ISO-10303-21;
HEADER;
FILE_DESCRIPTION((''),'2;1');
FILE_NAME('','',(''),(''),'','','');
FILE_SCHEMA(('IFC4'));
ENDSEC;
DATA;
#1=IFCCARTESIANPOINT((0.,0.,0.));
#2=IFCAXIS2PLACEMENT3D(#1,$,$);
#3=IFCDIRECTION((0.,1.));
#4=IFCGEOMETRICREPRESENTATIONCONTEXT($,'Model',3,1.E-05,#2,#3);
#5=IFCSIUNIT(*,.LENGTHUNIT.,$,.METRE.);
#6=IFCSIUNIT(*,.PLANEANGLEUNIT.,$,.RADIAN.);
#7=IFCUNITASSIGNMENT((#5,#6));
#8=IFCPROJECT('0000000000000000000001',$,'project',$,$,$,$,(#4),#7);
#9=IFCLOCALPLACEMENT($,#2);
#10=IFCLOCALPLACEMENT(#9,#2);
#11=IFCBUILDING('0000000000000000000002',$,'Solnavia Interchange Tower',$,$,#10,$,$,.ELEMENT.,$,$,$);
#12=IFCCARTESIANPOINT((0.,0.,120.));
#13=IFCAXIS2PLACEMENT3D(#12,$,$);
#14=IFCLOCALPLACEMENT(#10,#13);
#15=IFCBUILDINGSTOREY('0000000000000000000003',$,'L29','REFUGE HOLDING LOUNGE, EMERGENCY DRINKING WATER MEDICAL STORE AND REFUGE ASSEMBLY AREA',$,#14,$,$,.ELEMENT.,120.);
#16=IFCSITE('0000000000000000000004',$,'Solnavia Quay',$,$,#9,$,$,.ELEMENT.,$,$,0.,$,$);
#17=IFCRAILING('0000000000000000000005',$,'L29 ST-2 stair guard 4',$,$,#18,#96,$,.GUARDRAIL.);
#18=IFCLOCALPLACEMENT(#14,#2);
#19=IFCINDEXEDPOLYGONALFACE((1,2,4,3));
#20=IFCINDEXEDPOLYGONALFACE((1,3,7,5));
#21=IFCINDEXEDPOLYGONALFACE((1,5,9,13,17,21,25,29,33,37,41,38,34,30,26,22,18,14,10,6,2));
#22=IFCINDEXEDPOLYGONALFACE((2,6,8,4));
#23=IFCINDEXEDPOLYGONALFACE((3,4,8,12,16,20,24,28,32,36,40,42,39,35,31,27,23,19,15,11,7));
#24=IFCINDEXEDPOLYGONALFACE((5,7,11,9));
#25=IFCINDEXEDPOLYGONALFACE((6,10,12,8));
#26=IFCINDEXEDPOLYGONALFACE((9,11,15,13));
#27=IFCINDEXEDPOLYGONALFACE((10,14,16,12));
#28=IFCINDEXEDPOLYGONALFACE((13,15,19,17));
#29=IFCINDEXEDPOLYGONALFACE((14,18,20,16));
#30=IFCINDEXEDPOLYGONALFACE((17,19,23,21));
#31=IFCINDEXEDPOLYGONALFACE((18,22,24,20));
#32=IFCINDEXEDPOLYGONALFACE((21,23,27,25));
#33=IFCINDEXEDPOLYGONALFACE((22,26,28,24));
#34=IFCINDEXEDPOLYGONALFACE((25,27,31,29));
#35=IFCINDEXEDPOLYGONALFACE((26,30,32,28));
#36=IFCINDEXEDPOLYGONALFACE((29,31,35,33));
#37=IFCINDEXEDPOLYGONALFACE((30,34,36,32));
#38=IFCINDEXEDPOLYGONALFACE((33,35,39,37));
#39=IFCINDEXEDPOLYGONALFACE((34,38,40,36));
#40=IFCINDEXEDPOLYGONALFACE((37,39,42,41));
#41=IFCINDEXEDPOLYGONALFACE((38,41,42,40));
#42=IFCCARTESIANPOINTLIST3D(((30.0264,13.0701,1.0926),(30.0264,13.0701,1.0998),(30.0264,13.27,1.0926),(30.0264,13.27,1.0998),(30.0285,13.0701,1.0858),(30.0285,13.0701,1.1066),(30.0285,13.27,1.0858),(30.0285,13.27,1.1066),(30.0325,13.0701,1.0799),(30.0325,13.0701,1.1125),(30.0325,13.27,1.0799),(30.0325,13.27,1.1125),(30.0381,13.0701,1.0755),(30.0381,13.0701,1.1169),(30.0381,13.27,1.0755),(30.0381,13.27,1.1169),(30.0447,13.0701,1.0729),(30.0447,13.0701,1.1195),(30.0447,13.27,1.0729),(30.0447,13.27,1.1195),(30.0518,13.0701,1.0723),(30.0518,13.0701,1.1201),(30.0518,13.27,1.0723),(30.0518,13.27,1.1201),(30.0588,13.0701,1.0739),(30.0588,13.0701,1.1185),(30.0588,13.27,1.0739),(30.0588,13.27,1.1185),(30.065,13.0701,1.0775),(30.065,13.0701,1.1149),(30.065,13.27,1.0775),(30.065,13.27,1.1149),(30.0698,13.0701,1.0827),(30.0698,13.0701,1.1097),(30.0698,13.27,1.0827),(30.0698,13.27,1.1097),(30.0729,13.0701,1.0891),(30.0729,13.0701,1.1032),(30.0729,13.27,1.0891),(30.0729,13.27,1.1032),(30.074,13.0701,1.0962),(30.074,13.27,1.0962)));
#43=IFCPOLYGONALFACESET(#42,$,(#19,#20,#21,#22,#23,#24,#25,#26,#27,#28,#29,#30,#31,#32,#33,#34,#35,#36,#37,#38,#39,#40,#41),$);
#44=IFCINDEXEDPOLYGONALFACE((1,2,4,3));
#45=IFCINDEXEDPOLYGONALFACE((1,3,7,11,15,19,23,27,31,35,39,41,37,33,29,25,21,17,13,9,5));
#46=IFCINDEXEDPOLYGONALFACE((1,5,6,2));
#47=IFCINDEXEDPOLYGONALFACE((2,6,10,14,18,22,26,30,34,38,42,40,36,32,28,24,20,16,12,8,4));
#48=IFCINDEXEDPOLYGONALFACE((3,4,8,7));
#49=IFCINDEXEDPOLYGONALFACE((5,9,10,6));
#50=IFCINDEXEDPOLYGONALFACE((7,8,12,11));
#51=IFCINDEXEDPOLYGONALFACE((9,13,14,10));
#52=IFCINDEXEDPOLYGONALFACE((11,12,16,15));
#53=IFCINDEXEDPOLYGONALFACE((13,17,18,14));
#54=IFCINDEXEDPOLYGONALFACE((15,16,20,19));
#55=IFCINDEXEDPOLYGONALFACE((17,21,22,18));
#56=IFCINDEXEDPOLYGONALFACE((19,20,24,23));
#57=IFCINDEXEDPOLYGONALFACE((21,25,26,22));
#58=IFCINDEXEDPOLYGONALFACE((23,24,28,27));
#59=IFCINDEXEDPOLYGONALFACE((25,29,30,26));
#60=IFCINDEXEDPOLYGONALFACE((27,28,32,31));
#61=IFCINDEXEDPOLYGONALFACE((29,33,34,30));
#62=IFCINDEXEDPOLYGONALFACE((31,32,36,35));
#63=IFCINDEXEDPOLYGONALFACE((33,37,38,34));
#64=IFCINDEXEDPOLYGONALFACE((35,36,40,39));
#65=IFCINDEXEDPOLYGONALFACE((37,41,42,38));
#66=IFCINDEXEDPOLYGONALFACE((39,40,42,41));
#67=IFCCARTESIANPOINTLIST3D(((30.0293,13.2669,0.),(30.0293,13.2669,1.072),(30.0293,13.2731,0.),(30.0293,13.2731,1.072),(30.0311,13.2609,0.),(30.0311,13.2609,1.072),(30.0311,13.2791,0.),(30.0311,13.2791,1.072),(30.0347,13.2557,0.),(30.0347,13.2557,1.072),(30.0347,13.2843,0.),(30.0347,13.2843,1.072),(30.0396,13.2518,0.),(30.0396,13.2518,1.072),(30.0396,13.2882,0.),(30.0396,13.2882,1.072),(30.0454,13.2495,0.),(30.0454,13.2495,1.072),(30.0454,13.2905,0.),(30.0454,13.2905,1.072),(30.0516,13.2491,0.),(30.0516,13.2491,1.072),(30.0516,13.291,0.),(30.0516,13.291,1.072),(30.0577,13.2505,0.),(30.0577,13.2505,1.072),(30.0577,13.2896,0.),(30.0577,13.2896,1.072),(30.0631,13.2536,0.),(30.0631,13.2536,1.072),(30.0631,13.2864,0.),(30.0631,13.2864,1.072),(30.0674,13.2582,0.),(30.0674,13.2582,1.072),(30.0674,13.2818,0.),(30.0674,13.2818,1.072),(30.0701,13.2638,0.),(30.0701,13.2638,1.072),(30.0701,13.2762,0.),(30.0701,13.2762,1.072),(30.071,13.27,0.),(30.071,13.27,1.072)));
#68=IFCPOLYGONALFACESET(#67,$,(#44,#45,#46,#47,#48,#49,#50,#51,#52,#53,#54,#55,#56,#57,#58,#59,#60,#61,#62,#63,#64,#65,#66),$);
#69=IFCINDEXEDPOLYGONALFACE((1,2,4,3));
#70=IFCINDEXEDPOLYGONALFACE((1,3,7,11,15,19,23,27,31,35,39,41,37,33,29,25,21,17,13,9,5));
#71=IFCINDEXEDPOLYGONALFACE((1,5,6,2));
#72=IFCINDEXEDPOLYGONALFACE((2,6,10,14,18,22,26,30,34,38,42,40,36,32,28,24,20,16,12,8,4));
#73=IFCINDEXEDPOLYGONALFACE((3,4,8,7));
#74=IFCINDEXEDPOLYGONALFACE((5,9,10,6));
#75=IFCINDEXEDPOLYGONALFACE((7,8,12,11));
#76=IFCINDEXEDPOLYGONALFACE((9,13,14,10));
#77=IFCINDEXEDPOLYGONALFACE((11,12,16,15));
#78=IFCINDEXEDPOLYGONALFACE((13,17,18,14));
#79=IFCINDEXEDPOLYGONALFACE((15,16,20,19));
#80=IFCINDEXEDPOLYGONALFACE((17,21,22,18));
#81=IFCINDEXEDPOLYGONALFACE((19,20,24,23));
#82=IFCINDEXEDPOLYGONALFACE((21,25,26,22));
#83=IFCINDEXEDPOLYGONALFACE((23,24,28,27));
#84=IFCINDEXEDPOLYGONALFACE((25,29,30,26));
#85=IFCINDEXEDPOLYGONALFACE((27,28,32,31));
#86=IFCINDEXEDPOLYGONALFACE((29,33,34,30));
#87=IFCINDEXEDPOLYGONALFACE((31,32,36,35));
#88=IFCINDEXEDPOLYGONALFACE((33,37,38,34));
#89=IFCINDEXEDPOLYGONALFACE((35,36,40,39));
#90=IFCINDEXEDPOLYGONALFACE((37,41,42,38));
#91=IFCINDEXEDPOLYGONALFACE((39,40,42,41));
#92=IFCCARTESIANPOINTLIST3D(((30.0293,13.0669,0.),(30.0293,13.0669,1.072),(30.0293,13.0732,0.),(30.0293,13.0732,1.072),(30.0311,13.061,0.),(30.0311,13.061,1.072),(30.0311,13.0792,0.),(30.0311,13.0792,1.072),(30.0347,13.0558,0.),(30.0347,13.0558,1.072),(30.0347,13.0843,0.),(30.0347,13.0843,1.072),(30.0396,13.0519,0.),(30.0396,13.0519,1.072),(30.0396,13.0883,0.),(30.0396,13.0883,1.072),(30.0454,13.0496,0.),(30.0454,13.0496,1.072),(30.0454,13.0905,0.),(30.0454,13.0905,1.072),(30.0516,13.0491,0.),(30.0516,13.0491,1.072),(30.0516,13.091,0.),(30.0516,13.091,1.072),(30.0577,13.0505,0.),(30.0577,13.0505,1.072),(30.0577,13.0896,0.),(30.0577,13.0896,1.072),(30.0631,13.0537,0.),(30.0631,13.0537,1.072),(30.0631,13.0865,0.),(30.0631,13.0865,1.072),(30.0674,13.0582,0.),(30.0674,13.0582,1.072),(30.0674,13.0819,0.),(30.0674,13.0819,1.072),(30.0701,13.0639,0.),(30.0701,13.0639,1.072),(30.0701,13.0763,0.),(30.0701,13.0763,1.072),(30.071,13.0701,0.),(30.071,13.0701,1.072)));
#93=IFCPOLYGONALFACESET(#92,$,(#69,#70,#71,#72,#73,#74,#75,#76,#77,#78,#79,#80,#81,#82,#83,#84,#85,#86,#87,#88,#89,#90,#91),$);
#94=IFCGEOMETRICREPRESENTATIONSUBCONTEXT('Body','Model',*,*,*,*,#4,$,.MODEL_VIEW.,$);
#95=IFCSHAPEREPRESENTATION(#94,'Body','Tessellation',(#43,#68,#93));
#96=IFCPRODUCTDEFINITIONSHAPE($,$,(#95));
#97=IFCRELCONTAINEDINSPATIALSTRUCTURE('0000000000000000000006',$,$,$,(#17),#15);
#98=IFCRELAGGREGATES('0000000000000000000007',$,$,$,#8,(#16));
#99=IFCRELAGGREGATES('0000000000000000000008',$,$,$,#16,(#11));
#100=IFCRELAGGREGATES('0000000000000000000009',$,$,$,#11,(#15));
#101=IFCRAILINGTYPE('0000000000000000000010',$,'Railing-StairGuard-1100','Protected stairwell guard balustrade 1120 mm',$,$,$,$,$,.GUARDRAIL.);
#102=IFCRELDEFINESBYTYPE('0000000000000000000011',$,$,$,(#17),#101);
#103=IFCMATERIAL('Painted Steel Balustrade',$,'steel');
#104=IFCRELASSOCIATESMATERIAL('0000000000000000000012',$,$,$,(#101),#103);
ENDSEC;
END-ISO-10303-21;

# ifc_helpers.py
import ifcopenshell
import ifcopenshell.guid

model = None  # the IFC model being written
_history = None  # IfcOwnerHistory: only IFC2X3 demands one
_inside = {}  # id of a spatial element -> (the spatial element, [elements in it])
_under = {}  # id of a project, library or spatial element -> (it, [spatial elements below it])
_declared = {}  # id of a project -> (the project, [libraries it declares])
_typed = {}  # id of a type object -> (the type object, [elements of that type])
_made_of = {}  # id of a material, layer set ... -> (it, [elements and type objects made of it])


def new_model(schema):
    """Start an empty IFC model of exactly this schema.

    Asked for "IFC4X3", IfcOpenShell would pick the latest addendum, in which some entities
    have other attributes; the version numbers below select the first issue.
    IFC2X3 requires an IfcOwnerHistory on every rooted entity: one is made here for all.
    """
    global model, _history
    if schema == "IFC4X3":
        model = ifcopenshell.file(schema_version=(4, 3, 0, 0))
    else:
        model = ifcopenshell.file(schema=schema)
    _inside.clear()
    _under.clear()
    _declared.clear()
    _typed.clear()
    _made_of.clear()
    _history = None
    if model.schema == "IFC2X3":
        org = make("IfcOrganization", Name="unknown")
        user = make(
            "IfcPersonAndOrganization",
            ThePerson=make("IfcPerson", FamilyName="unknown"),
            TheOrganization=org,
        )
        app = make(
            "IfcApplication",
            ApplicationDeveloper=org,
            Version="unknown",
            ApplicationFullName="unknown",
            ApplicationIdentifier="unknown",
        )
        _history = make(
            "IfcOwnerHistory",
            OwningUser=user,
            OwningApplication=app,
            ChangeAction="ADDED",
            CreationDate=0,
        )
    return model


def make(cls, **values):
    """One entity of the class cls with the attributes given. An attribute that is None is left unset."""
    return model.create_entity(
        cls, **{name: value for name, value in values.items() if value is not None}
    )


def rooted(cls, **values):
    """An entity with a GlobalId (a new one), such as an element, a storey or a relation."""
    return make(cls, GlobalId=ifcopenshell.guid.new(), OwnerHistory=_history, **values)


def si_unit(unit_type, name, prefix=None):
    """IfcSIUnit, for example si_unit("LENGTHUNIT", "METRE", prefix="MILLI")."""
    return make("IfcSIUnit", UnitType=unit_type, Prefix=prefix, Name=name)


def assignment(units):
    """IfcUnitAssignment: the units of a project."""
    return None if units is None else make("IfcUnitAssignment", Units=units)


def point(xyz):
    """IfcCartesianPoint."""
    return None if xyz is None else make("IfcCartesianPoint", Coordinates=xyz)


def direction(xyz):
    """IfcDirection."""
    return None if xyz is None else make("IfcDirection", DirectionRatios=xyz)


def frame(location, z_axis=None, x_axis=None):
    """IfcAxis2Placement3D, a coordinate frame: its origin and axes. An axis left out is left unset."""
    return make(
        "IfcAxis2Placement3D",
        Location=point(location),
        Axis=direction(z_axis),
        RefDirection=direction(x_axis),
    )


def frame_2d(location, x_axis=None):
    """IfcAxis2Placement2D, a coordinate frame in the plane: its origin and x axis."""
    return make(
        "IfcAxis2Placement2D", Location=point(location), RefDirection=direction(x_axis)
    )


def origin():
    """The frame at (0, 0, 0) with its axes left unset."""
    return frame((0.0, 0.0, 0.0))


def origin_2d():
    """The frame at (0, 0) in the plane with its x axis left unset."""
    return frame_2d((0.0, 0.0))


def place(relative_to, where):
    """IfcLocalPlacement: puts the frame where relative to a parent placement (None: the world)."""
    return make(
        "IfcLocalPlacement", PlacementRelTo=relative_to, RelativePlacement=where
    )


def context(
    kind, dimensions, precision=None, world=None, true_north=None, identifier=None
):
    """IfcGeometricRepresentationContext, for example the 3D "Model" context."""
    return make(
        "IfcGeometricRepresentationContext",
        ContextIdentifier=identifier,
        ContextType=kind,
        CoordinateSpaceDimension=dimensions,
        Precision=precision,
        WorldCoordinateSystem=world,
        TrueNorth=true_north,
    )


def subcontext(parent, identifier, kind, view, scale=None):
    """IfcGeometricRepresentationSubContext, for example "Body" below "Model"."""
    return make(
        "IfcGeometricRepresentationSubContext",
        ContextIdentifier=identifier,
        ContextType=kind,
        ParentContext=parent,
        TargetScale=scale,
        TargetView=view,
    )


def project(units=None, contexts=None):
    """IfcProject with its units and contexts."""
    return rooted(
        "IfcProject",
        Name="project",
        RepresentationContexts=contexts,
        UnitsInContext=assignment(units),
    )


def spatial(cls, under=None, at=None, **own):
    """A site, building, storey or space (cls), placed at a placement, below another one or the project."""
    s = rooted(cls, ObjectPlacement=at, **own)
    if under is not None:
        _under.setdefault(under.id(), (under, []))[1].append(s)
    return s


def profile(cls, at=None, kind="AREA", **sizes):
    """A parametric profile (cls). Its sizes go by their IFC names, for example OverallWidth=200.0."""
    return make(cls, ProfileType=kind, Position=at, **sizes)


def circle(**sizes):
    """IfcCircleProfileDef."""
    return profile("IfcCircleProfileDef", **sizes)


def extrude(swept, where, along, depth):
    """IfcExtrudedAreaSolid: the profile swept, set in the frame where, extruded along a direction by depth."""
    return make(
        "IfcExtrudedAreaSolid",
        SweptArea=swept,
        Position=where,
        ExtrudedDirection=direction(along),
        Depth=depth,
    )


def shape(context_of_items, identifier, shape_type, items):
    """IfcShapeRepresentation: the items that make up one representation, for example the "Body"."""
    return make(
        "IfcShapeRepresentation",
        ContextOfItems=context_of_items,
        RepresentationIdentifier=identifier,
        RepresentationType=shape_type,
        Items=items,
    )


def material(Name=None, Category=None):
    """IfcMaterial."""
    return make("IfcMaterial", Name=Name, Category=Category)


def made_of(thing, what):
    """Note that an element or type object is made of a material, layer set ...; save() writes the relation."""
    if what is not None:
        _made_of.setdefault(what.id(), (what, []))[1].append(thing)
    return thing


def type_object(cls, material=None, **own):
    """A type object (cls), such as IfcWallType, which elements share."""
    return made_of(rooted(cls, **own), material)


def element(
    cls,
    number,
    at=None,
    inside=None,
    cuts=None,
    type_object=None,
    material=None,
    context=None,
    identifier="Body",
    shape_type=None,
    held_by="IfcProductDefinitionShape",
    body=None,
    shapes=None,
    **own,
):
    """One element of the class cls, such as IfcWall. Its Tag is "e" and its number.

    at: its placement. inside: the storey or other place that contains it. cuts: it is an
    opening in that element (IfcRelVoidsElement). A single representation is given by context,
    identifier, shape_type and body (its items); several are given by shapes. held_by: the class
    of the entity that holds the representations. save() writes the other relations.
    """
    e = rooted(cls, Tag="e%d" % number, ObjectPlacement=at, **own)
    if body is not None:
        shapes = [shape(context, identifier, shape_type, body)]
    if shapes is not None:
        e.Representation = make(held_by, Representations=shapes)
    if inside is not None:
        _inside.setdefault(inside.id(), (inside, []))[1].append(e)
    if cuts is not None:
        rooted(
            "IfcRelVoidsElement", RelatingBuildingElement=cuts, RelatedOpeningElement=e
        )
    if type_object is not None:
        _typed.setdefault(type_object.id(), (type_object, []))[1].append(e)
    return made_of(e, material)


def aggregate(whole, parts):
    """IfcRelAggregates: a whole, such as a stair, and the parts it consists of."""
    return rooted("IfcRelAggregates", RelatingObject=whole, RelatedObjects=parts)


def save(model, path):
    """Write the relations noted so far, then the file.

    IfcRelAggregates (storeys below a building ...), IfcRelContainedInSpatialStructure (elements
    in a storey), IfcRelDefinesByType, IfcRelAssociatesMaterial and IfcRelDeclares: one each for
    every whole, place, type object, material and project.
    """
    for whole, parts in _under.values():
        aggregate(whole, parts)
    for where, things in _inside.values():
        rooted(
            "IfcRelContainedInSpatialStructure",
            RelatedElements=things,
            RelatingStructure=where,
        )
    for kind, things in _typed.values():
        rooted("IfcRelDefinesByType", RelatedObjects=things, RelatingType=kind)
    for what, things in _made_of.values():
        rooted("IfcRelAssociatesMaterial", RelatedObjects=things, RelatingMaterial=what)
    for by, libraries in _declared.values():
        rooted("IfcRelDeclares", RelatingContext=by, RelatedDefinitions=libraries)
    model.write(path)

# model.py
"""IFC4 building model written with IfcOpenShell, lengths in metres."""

from ifc_helpers import new_model, si_unit, direction, frame, origin, origin_2d, place, context, subcontext, project, spatial, circle, extrude, material, type_object, element, save


model = new_model("IFC4")

# Units and contexts
model_context = context("Model", 3, precision=1e-05, world=origin(), true_north=direction((0.0, 1.0)))
body_context = subcontext(model_context, "Body", "Model", "MODEL_VIEW")
ifc_project = project(units=[si_unit("LENGTHUNIT", "METRE"), si_unit("PLANEANGLEUNIT", "RADIAN")], contexts=[model_context])

# Site, building, storey
site_placement = place(None, origin())
site = spatial("IfcSite", under=ifc_project, at=site_placement, Name="Solnavia Quay", CompositionType="ELEMENT", RefElevation=0.0)
building_placement = place(site_placement, origin())
building = spatial("IfcBuilding", under=site, at=building_placement, Name="Solnavia Interchange Tower", CompositionType="ELEMENT")
storey_placement = place(building_placement, frame((0.0, 0.0, 120.0)))
storey = spatial("IfcBuildingStorey", under=building, at=storey_placement, Name="L29", Description="REFUGE HOLDING LOUNGE, EMERGENCY DRINKING WATER MEDICAL STORE AND REFUGE ASSEMBLY AREA", CompositionType="ELEMENT", Elevation=120.0)

# Railing
ifc_material_1 = material(Name="Painted Steel Balustrade", Category="steel")
railing_type_1 = type_object("IfcRailingType", Name="Railing-StairGuard-1100", Description="Protected stairwell guard balustrade 1120 mm", PredefinedType="GUARDRAIL", material=ifc_material_1)
railing_1_placement = place(storey_placement, frame((30.05, 13.27, 0.0)))
element("IfcRailing", 1, at=railing_1_placement, inside=storey, type_object=railing_type_1, Name="L29 ST-2 stair guard 4", PredefinedType="GUARDRAIL", context=body_context, shape_type="SweptSolid", body=[
    extrude(circle(Radius=0.0239, at=origin_2d()), frame((0.0, 0.0, 1.0962), z_axis=(0.0, -1.0, 0.0), x_axis=(1.0, 0.0, 0.0)), (0.0, 0.0, 1.0), 0.2),
    extrude(circle(Radius=0.021, at=origin_2d()), origin(), (0.0, 0.0, 1.0), 1.072),
    extrude(circle(Radius=0.021, at=origin_2d()), frame((0.0, -0.2, 0.0)), (0.0, 0.0, 1.0), 1.072),
])

save(model, "model.ifc")
